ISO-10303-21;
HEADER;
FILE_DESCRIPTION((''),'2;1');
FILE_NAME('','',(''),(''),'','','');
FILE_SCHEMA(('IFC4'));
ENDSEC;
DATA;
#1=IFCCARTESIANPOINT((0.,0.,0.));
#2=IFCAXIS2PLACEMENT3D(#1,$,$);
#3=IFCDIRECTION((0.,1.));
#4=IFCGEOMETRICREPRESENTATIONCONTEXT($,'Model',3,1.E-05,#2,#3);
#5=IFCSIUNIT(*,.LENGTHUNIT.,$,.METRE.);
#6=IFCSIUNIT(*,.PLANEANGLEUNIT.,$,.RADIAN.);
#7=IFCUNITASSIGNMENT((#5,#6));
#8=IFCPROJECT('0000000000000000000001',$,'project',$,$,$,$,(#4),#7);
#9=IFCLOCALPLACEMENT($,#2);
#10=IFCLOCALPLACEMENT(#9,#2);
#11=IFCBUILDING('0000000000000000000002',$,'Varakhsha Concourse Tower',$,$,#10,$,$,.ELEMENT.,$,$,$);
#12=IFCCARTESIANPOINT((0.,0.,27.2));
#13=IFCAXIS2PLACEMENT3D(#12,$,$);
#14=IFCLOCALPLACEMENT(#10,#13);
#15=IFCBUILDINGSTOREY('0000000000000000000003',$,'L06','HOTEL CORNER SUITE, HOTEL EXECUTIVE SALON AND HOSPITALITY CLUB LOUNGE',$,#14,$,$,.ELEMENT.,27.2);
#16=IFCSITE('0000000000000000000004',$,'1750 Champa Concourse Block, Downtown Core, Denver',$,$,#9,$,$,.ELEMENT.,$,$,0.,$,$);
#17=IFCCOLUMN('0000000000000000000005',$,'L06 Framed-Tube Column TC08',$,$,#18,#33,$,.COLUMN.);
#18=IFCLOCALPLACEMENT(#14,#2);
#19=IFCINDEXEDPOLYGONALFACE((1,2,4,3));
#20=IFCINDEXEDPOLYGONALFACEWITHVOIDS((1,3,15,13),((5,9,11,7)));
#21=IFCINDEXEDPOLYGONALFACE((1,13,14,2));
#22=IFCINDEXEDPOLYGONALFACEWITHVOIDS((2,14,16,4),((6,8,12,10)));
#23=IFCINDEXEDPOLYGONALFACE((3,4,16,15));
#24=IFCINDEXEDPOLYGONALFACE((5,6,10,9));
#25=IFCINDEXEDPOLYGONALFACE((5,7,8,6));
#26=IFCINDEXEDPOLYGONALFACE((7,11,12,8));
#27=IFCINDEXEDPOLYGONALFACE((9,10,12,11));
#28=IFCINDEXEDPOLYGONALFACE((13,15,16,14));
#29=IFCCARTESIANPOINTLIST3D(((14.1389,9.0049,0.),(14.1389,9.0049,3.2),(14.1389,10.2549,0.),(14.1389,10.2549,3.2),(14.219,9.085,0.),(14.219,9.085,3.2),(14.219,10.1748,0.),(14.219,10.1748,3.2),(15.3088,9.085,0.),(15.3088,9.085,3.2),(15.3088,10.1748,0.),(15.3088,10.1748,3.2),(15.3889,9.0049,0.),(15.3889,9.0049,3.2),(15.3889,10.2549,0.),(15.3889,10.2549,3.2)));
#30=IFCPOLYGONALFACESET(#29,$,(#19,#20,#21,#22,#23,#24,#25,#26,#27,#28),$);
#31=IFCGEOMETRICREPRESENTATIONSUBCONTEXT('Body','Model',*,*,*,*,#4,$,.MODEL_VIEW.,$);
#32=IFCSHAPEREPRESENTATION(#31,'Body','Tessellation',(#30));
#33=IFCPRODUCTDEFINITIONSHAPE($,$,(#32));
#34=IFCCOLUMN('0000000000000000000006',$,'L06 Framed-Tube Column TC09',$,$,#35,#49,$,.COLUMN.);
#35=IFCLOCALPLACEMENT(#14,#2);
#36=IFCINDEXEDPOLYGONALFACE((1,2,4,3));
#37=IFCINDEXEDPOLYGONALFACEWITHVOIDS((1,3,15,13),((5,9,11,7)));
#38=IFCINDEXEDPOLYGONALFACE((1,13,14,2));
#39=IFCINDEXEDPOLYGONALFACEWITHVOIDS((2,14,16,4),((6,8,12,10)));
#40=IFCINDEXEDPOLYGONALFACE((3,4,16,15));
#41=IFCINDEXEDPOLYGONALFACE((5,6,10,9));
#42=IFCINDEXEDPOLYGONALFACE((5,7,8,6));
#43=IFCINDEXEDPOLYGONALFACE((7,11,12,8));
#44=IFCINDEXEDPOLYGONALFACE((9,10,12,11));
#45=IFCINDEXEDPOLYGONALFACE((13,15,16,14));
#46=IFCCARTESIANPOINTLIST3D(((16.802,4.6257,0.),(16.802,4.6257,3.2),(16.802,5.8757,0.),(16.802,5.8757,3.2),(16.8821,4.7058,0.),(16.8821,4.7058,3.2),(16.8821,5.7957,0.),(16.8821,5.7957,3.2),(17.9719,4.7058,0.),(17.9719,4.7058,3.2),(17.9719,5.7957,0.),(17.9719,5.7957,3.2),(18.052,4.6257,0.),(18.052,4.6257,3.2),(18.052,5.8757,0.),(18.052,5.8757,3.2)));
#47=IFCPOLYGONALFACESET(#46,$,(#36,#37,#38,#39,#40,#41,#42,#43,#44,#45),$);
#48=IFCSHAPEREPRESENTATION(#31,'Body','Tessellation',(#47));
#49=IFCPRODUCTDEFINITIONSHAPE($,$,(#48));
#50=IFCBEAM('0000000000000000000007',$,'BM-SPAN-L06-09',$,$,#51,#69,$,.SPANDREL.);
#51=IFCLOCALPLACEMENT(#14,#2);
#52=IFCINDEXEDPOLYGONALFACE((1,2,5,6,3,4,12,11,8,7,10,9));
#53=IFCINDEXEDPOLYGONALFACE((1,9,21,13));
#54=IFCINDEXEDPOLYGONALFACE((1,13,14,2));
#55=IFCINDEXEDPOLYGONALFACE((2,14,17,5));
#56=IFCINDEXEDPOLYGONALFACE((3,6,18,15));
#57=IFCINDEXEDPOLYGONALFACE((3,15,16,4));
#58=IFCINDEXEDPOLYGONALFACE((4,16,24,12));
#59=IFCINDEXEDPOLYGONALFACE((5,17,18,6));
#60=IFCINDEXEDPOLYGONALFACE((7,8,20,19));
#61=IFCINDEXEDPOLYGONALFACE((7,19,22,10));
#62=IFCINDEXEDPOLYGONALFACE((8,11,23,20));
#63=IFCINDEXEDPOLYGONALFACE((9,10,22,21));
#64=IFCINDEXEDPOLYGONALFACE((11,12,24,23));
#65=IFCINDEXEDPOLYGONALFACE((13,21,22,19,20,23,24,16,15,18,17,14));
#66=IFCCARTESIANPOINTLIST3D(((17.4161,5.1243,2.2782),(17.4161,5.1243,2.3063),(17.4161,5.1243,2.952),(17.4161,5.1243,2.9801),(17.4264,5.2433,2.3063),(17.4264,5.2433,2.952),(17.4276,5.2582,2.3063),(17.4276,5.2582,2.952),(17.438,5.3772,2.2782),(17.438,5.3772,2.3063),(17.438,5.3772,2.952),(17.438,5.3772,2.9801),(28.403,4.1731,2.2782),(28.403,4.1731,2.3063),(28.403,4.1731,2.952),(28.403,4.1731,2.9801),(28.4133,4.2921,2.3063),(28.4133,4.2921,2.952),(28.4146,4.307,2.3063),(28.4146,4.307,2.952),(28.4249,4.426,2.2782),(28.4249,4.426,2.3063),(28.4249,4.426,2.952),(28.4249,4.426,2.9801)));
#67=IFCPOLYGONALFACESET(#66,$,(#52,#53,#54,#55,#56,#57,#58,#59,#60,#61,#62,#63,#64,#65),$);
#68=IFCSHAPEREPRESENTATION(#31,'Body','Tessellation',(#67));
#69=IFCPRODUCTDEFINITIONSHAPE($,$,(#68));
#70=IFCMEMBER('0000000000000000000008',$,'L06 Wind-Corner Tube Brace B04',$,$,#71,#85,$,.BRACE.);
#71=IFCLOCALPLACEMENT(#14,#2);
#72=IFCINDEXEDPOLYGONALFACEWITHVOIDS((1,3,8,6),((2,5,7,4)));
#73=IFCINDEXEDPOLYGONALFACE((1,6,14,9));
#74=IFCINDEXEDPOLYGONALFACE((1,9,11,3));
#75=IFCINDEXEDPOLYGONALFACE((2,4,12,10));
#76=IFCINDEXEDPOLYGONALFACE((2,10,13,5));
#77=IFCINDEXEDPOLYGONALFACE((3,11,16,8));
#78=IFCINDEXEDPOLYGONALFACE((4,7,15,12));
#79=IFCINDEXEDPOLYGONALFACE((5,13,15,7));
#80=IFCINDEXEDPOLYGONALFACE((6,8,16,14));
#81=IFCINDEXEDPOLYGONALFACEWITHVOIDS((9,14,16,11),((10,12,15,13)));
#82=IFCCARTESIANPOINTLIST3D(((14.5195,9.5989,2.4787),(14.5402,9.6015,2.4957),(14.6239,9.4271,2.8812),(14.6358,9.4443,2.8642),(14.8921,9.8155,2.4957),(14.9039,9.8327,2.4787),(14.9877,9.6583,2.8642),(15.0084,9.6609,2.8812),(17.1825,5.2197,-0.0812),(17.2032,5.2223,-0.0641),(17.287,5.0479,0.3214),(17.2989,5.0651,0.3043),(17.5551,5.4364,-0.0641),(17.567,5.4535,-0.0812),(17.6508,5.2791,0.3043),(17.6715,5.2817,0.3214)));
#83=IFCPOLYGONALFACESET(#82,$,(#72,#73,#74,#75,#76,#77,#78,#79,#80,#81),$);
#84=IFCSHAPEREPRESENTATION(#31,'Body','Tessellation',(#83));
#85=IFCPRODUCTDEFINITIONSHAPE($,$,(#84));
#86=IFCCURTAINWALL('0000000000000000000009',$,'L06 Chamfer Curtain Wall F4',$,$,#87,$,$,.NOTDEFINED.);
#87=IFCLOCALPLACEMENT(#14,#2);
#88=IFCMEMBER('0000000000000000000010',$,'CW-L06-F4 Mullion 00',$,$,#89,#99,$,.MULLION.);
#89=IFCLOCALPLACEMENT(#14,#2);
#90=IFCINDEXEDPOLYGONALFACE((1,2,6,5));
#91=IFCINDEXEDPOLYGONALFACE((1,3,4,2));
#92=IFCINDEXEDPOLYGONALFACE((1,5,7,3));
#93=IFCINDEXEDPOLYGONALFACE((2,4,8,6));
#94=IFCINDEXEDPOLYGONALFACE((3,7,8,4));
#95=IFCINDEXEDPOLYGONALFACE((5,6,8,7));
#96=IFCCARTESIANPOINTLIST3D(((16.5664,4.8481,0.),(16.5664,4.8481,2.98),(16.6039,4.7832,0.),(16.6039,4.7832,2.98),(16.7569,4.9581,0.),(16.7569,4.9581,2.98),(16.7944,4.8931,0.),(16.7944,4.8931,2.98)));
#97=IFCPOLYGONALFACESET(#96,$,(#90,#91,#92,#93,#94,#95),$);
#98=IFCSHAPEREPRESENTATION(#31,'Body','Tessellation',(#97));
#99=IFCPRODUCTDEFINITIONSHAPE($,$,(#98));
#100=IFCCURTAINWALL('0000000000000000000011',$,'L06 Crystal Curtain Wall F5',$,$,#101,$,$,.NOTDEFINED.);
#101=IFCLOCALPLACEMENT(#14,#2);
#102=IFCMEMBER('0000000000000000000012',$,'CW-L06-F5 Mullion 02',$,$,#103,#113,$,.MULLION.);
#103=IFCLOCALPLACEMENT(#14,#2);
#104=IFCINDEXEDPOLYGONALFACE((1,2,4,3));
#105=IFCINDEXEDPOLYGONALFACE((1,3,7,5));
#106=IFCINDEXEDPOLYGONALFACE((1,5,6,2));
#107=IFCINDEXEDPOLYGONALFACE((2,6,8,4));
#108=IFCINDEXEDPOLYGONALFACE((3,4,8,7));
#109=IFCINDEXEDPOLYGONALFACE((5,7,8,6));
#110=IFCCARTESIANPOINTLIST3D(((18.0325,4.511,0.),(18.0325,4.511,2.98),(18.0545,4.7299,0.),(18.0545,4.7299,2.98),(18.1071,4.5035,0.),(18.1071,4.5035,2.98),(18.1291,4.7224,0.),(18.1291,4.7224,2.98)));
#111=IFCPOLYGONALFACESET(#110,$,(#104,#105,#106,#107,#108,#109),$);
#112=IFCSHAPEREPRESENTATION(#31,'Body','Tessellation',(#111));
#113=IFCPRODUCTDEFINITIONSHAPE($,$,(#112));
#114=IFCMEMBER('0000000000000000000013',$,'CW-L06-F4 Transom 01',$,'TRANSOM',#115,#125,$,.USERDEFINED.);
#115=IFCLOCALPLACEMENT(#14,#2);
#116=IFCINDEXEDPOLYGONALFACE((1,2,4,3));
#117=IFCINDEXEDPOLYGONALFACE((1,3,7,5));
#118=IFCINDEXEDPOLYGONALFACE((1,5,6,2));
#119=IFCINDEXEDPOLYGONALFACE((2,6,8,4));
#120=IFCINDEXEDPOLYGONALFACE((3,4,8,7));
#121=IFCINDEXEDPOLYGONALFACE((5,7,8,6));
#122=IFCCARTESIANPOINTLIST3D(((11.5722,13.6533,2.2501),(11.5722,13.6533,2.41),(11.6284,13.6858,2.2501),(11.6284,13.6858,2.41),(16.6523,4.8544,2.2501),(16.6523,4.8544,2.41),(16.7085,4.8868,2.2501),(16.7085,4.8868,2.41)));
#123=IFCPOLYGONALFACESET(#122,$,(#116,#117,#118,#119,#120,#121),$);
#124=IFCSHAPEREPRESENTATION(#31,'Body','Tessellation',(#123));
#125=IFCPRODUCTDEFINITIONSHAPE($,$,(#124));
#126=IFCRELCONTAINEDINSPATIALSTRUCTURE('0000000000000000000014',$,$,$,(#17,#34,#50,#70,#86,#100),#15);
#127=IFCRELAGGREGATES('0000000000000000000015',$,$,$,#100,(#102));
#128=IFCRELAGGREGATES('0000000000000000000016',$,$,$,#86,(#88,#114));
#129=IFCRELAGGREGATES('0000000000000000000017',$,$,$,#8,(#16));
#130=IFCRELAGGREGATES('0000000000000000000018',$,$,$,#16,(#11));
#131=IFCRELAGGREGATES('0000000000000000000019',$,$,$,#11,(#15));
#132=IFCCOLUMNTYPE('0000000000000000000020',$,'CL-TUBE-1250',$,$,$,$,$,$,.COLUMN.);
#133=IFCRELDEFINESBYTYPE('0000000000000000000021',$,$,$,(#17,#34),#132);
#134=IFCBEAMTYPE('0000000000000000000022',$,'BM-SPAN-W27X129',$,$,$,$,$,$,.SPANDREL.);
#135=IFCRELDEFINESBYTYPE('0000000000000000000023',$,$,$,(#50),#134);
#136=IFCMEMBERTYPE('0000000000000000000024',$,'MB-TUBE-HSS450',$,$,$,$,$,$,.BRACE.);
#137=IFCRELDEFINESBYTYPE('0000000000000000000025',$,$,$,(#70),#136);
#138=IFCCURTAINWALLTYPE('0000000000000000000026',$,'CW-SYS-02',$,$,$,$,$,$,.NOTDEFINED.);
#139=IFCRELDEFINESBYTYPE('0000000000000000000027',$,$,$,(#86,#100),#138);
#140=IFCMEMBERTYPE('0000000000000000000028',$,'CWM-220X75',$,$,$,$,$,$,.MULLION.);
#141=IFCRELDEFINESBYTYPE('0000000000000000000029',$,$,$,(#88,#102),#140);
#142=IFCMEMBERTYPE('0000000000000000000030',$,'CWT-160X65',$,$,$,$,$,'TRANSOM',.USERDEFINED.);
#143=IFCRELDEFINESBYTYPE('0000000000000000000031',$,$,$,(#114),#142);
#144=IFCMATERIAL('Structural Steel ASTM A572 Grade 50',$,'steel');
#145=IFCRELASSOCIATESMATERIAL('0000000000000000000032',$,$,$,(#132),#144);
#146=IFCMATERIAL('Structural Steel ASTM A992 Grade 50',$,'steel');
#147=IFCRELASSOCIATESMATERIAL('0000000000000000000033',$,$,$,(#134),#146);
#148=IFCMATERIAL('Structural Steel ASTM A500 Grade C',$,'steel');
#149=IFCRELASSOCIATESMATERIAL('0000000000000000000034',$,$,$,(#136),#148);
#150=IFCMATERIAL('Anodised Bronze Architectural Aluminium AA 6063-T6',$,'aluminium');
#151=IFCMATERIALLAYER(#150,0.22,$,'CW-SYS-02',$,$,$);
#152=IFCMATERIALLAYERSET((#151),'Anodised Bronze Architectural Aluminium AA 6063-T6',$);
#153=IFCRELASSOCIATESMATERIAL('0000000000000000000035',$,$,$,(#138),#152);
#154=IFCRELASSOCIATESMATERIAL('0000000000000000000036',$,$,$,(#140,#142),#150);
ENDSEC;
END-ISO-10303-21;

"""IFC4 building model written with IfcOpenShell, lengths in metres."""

from ifc_helpers import new_model, si_unit, direction, frame, origin, origin_2d, place, context, subcontext, project, spatial, rectangle, hollow_rectangle, i_section, extrude, source, transform, mapped, material, layer, layer_set, material_profile, profile_set, type_object, type_shapes, element, aggregate, save


model = new_model("IFC4")

# Units and contexts
model_context = context("Model", 3, precision=1e-05, world=origin(), true_north=direction((0.0, 1.0)))
body_context = subcontext(model_context, "Body", "Model", "MODEL_VIEW")
ifc_project = project(units=[si_unit("LENGTHUNIT", "METRE"), si_unit("PLANEANGLEUNIT", "RADIAN")], contexts=[model_context])

# Site, building, storey
site_placement = place(None, origin())
site = spatial("IfcSite", under=ifc_project, at=site_placement, Name="1750 Champa Concourse Block, Downtown Core, Denver", CompositionType="ELEMENT", RefElevation=0.0)
building_placement = place(site_placement, origin())
building = spatial("IfcBuilding", under=site, at=building_placement, Name="Varakhsha Concourse Tower", CompositionType="ELEMENT")
storey_placement = place(building_placement, frame((0.0, 0.0, 27.2)))
storey = spatial("IfcBuildingStorey", under=building, at=storey_placement, Name="L06", Description="HOTEL CORNER SUITE, HOTEL EXECUTIVE SALON AND HOSPITALITY CLUB LOUNGE", CompositionType="ELEMENT", Elevation=27.2)

# Columns
ifc_material_1 = material(Name="Structural Steel ASTM A572 Grade 50", Category="steel")
ifc_material_profile_1 = material_profile(ifc_material_1, hollow_rectangle(XDim=1.25, YDim=1.25, WallThickness=0.0801, at=origin_2d()), Name="BOX 1250x1250x80")
ifc_profile_set_1 = profile_set([ifc_material_profile_1], Name="Structural Steel ASTM A572 Grade 50")
column_type = type_object("IfcColumnType", Name="CL-TUBE-1250", PredefinedType="COLUMN", material=ifc_profile_set_1)
for number, where, z_axis, x_axis, name in (
    (1, (14.7639, 9.6299, 0.0), (0.0, 0.0, 1.0), (1.0, 0.0, 0.0), "L06 Framed-Tube Column TC08"),
    (2, (17.427, 5.2507, 0.0), (0.0, 0.0, 1.0), (1.0, 0.0, 0.0), "L06 Framed-Tube Column TC09"),
):
    element("IfcColumn", number, at=place(storey_placement, frame(where, z_axis=z_axis, x_axis=x_axis)), inside=storey, type_object=column_type, Name=name, PredefinedType="COLUMN", context=body_context, shape_type="SweptSolid", body=[
        extrude(hollow_rectangle(XDim=1.25, YDim=1.25, WallThickness=0.0801, at=origin_2d()), origin(), (0.0, 0.0, 1.0), 3.2),
    ])

# Beam
ifc_material_2 = material(Name="Structural Steel ASTM A992 Grade 50", Category="steel")
ifc_material_profile_2 = material_profile(ifc_material_2, i_section(OverallWidth=0.2539, OverallDepth=0.7019, WebThickness=0.0149, FlangeThickness=0.0281, at=origin_2d()), Name="W27X129")
ifc_profile_set_2 = profile_set([ifc_material_profile_2], Name="Structural Steel ASTM A992 Grade 50")
beam_type = type_object("IfcBeamType", Name="BM-SPAN-W27X129", PredefinedType="SPANDREL", material=ifc_profile_set_2)
beam_placement = place(storey_placement, frame((17.427, 5.2507, 2.6292), z_axis=(0.996274, -0.086249, 0.0), x_axis=(0.086249, 0.996274, 0.0)))
element("IfcBeam", 3, at=beam_placement, inside=storey, type_object=beam_type, Name="BM-SPAN-L06-09", PredefinedType="SPANDREL", context=body_context, shape_type="SweptSolid", body=[
    extrude(i_section(OverallWidth=0.2539, OverallDepth=0.7019, WebThickness=0.0149, FlangeThickness=0.0281, at=origin_2d()), origin(), (0.0, 0.0, 1.0), 11.0281),
])

# Member
ifc_material_3 = material(Name="Structural Steel ASTM A500 Grade C", Category="steel")
ifc_material_profile_3 = material_profile(ifc_material_3, hollow_rectangle(XDim=0.45, YDim=0.45, WallThickness=0.019, at=origin_2d()), Name="HSS 450x450x19")
ifc_profile_set_3 = profile_set([ifc_material_profile_3], Name="Structural Steel ASTM A500 Grade C")
member_type_1 = type_object("IfcMemberType", Name="MB-TUBE-HSS450", PredefinedType="BRACE", material=ifc_profile_set_3)
shared_shape_1 = source(origin(), body_context, "Body", "SweptSolid", [
    extrude(hollow_rectangle(XDim=0.45, YDim=0.45, WallThickness=0.019, at=origin_2d()), origin(), (0.0, 0.0, 1.0), 5.729),
])
type_shapes(member_type_1, [shared_shape_1])
member_1_placement = place(storey_placement, frame((17.427, 5.2507, 0.1201), z_axis=(-0.464842, 0.764381, 0.446816), x_axis=(-0.854414, -0.519593, 0.0)))
element("IfcMember", 4, at=member_1_placement, inside=storey, type_object=member_type_1, Name="L06 Wind-Corner Tube Brace B04", PredefinedType="BRACE", context=body_context, shape_type="MappedRepresentation", body=[
    mapped(shared_shape_1, transform((0.0, 0.0, 0.0), scale=1.0)),
])

# Curtain walls, members
ifc_material_4 = material(Name="Anodised Bronze Architectural Aluminium AA 6063-T6", Category="aluminium")
ifc_layer_1 = layer(ifc_material_4, 0.22, Name="CW-SYS-02")
ifc_layer_set_1 = layer_set([ifc_layer_1], Name="Anodised Bronze Architectural Aluminium AA 6063-T6")
curtain_wall_type = type_object("IfcCurtainWallType", Name="CW-SYS-02", PredefinedType="NOTDEFINED", material=ifc_layer_set_1)
curtain_wall_1_placement = place(storey_placement, origin())
curtain_wall_1 = element("IfcCurtainWall", 5, at=curtain_wall_1_placement, inside=storey, type_object=curtain_wall_type, Name="L06 Chamfer Curtain Wall F4", PredefinedType="NOTDEFINED")
ifc_material_profile_4 = material_profile(ifc_material_4, rectangle(XDim=0.075, YDim=0.22, at=origin_2d()), Name="CWM-220X75")
ifc_profile_set_4 = profile_set([ifc_material_profile_4], Name="Anodised Bronze Architectural Aluminium AA 6063-T6")
member_type_2 = type_object("IfcMemberType", Name="CWM-220X75", PredefinedType="MULLION", material=ifc_profile_set_4)
shared_shape_2 = source(origin(), body_context, "Body", "SweptSolid", [
    extrude(rectangle(XDim=0.075, YDim=0.22, at=origin_2d()), origin(), (0.0, 0.0, 1.0), 2.98),
])
type_shapes(member_type_2, [shared_shape_2])
member_2_placement = place(storey_placement, frame((16.6804, 4.8706, 0.0), z_axis=(0.0, 0.0, 1.0), x_axis=(-0.499997, 0.866027, 0.0)))
member_2 = element("IfcMember", 6, at=member_2_placement, type_object=member_type_2, Name="CW-L06-F4 Mullion 00", PredefinedType="MULLION", context=body_context, shape_type="MappedRepresentation", body=[
    mapped(shared_shape_2, transform((0.0, 0.0, 0.0), scale=1.0)),
])
curtain_wall_2_placement = place(storey_placement, origin())
curtain_wall_2 = element("IfcCurtainWall", 7, at=curtain_wall_2_placement, inside=storey, type_object=curtain_wall_type, Name="L06 Crystal Curtain Wall F5", PredefinedType="NOTDEFINED")
member_3_placement = place(storey_placement, frame((18.0808, 4.6167, 0.0), z_axis=(0.0, 0.0, 1.0), x_axis=(-0.994965, 0.100226, 0.0)))
member_3 = element("IfcMember", 8, at=member_3_placement, type_object=member_type_2, Name="CW-L06-F5 Mullion 02", PredefinedType="MULLION", context=body_context, shape_type="MappedRepresentation", body=[
    mapped(shared_shape_2, transform((0.0, 0.0, 0.0), scale=1.0)),
])
aggregate(curtain_wall_2, [member_3])

# Member
ifc_material_profile_5 = material_profile(ifc_material_4, rectangle(XDim=0.0649, YDim=0.1599, at=origin_2d()), Name="CWT-160X65")
ifc_profile_set_5 = profile_set([ifc_material_profile_5], Name="Anodised Bronze Architectural Aluminium AA 6063-T6")
member_type_3 = type_object("IfcMemberType", Name="CWT-160X65", ElementType="TRANSOM", PredefinedType="USERDEFINED", material=ifc_profile_set_5)
shared_shape_3 = source(origin(), body_context, "Body", "SweptSolid", [
    extrude(rectangle(XDim=0.0649, YDim=0.1599, at=origin_2d()), origin(), (0.0, 0.0, 1.0), 10.1602),
])
type_shapes(member_type_3, [shared_shape_3])
member_4_placement = place(storey_placement, frame((16.6804, 4.8706, 2.3301), z_axis=(-0.500005, 0.866022, 0.0), x_axis=(-0.866022, -0.500005, 0.0)))
member_4 = element("IfcMember", 9, at=member_4_placement, type_object=member_type_3, Name="CW-L06-F4 Transom 01", ObjectType="TRANSOM", PredefinedType="USERDEFINED", context=body_context, shape_type="MappedRepresentation", body=[
    mapped(shared_shape_3, transform((0.0, 0.0, 0.0), scale=1.0)),
])

aggregate(curtain_wall_1, [member_2, member_4])

save(model, "model.ifc")
